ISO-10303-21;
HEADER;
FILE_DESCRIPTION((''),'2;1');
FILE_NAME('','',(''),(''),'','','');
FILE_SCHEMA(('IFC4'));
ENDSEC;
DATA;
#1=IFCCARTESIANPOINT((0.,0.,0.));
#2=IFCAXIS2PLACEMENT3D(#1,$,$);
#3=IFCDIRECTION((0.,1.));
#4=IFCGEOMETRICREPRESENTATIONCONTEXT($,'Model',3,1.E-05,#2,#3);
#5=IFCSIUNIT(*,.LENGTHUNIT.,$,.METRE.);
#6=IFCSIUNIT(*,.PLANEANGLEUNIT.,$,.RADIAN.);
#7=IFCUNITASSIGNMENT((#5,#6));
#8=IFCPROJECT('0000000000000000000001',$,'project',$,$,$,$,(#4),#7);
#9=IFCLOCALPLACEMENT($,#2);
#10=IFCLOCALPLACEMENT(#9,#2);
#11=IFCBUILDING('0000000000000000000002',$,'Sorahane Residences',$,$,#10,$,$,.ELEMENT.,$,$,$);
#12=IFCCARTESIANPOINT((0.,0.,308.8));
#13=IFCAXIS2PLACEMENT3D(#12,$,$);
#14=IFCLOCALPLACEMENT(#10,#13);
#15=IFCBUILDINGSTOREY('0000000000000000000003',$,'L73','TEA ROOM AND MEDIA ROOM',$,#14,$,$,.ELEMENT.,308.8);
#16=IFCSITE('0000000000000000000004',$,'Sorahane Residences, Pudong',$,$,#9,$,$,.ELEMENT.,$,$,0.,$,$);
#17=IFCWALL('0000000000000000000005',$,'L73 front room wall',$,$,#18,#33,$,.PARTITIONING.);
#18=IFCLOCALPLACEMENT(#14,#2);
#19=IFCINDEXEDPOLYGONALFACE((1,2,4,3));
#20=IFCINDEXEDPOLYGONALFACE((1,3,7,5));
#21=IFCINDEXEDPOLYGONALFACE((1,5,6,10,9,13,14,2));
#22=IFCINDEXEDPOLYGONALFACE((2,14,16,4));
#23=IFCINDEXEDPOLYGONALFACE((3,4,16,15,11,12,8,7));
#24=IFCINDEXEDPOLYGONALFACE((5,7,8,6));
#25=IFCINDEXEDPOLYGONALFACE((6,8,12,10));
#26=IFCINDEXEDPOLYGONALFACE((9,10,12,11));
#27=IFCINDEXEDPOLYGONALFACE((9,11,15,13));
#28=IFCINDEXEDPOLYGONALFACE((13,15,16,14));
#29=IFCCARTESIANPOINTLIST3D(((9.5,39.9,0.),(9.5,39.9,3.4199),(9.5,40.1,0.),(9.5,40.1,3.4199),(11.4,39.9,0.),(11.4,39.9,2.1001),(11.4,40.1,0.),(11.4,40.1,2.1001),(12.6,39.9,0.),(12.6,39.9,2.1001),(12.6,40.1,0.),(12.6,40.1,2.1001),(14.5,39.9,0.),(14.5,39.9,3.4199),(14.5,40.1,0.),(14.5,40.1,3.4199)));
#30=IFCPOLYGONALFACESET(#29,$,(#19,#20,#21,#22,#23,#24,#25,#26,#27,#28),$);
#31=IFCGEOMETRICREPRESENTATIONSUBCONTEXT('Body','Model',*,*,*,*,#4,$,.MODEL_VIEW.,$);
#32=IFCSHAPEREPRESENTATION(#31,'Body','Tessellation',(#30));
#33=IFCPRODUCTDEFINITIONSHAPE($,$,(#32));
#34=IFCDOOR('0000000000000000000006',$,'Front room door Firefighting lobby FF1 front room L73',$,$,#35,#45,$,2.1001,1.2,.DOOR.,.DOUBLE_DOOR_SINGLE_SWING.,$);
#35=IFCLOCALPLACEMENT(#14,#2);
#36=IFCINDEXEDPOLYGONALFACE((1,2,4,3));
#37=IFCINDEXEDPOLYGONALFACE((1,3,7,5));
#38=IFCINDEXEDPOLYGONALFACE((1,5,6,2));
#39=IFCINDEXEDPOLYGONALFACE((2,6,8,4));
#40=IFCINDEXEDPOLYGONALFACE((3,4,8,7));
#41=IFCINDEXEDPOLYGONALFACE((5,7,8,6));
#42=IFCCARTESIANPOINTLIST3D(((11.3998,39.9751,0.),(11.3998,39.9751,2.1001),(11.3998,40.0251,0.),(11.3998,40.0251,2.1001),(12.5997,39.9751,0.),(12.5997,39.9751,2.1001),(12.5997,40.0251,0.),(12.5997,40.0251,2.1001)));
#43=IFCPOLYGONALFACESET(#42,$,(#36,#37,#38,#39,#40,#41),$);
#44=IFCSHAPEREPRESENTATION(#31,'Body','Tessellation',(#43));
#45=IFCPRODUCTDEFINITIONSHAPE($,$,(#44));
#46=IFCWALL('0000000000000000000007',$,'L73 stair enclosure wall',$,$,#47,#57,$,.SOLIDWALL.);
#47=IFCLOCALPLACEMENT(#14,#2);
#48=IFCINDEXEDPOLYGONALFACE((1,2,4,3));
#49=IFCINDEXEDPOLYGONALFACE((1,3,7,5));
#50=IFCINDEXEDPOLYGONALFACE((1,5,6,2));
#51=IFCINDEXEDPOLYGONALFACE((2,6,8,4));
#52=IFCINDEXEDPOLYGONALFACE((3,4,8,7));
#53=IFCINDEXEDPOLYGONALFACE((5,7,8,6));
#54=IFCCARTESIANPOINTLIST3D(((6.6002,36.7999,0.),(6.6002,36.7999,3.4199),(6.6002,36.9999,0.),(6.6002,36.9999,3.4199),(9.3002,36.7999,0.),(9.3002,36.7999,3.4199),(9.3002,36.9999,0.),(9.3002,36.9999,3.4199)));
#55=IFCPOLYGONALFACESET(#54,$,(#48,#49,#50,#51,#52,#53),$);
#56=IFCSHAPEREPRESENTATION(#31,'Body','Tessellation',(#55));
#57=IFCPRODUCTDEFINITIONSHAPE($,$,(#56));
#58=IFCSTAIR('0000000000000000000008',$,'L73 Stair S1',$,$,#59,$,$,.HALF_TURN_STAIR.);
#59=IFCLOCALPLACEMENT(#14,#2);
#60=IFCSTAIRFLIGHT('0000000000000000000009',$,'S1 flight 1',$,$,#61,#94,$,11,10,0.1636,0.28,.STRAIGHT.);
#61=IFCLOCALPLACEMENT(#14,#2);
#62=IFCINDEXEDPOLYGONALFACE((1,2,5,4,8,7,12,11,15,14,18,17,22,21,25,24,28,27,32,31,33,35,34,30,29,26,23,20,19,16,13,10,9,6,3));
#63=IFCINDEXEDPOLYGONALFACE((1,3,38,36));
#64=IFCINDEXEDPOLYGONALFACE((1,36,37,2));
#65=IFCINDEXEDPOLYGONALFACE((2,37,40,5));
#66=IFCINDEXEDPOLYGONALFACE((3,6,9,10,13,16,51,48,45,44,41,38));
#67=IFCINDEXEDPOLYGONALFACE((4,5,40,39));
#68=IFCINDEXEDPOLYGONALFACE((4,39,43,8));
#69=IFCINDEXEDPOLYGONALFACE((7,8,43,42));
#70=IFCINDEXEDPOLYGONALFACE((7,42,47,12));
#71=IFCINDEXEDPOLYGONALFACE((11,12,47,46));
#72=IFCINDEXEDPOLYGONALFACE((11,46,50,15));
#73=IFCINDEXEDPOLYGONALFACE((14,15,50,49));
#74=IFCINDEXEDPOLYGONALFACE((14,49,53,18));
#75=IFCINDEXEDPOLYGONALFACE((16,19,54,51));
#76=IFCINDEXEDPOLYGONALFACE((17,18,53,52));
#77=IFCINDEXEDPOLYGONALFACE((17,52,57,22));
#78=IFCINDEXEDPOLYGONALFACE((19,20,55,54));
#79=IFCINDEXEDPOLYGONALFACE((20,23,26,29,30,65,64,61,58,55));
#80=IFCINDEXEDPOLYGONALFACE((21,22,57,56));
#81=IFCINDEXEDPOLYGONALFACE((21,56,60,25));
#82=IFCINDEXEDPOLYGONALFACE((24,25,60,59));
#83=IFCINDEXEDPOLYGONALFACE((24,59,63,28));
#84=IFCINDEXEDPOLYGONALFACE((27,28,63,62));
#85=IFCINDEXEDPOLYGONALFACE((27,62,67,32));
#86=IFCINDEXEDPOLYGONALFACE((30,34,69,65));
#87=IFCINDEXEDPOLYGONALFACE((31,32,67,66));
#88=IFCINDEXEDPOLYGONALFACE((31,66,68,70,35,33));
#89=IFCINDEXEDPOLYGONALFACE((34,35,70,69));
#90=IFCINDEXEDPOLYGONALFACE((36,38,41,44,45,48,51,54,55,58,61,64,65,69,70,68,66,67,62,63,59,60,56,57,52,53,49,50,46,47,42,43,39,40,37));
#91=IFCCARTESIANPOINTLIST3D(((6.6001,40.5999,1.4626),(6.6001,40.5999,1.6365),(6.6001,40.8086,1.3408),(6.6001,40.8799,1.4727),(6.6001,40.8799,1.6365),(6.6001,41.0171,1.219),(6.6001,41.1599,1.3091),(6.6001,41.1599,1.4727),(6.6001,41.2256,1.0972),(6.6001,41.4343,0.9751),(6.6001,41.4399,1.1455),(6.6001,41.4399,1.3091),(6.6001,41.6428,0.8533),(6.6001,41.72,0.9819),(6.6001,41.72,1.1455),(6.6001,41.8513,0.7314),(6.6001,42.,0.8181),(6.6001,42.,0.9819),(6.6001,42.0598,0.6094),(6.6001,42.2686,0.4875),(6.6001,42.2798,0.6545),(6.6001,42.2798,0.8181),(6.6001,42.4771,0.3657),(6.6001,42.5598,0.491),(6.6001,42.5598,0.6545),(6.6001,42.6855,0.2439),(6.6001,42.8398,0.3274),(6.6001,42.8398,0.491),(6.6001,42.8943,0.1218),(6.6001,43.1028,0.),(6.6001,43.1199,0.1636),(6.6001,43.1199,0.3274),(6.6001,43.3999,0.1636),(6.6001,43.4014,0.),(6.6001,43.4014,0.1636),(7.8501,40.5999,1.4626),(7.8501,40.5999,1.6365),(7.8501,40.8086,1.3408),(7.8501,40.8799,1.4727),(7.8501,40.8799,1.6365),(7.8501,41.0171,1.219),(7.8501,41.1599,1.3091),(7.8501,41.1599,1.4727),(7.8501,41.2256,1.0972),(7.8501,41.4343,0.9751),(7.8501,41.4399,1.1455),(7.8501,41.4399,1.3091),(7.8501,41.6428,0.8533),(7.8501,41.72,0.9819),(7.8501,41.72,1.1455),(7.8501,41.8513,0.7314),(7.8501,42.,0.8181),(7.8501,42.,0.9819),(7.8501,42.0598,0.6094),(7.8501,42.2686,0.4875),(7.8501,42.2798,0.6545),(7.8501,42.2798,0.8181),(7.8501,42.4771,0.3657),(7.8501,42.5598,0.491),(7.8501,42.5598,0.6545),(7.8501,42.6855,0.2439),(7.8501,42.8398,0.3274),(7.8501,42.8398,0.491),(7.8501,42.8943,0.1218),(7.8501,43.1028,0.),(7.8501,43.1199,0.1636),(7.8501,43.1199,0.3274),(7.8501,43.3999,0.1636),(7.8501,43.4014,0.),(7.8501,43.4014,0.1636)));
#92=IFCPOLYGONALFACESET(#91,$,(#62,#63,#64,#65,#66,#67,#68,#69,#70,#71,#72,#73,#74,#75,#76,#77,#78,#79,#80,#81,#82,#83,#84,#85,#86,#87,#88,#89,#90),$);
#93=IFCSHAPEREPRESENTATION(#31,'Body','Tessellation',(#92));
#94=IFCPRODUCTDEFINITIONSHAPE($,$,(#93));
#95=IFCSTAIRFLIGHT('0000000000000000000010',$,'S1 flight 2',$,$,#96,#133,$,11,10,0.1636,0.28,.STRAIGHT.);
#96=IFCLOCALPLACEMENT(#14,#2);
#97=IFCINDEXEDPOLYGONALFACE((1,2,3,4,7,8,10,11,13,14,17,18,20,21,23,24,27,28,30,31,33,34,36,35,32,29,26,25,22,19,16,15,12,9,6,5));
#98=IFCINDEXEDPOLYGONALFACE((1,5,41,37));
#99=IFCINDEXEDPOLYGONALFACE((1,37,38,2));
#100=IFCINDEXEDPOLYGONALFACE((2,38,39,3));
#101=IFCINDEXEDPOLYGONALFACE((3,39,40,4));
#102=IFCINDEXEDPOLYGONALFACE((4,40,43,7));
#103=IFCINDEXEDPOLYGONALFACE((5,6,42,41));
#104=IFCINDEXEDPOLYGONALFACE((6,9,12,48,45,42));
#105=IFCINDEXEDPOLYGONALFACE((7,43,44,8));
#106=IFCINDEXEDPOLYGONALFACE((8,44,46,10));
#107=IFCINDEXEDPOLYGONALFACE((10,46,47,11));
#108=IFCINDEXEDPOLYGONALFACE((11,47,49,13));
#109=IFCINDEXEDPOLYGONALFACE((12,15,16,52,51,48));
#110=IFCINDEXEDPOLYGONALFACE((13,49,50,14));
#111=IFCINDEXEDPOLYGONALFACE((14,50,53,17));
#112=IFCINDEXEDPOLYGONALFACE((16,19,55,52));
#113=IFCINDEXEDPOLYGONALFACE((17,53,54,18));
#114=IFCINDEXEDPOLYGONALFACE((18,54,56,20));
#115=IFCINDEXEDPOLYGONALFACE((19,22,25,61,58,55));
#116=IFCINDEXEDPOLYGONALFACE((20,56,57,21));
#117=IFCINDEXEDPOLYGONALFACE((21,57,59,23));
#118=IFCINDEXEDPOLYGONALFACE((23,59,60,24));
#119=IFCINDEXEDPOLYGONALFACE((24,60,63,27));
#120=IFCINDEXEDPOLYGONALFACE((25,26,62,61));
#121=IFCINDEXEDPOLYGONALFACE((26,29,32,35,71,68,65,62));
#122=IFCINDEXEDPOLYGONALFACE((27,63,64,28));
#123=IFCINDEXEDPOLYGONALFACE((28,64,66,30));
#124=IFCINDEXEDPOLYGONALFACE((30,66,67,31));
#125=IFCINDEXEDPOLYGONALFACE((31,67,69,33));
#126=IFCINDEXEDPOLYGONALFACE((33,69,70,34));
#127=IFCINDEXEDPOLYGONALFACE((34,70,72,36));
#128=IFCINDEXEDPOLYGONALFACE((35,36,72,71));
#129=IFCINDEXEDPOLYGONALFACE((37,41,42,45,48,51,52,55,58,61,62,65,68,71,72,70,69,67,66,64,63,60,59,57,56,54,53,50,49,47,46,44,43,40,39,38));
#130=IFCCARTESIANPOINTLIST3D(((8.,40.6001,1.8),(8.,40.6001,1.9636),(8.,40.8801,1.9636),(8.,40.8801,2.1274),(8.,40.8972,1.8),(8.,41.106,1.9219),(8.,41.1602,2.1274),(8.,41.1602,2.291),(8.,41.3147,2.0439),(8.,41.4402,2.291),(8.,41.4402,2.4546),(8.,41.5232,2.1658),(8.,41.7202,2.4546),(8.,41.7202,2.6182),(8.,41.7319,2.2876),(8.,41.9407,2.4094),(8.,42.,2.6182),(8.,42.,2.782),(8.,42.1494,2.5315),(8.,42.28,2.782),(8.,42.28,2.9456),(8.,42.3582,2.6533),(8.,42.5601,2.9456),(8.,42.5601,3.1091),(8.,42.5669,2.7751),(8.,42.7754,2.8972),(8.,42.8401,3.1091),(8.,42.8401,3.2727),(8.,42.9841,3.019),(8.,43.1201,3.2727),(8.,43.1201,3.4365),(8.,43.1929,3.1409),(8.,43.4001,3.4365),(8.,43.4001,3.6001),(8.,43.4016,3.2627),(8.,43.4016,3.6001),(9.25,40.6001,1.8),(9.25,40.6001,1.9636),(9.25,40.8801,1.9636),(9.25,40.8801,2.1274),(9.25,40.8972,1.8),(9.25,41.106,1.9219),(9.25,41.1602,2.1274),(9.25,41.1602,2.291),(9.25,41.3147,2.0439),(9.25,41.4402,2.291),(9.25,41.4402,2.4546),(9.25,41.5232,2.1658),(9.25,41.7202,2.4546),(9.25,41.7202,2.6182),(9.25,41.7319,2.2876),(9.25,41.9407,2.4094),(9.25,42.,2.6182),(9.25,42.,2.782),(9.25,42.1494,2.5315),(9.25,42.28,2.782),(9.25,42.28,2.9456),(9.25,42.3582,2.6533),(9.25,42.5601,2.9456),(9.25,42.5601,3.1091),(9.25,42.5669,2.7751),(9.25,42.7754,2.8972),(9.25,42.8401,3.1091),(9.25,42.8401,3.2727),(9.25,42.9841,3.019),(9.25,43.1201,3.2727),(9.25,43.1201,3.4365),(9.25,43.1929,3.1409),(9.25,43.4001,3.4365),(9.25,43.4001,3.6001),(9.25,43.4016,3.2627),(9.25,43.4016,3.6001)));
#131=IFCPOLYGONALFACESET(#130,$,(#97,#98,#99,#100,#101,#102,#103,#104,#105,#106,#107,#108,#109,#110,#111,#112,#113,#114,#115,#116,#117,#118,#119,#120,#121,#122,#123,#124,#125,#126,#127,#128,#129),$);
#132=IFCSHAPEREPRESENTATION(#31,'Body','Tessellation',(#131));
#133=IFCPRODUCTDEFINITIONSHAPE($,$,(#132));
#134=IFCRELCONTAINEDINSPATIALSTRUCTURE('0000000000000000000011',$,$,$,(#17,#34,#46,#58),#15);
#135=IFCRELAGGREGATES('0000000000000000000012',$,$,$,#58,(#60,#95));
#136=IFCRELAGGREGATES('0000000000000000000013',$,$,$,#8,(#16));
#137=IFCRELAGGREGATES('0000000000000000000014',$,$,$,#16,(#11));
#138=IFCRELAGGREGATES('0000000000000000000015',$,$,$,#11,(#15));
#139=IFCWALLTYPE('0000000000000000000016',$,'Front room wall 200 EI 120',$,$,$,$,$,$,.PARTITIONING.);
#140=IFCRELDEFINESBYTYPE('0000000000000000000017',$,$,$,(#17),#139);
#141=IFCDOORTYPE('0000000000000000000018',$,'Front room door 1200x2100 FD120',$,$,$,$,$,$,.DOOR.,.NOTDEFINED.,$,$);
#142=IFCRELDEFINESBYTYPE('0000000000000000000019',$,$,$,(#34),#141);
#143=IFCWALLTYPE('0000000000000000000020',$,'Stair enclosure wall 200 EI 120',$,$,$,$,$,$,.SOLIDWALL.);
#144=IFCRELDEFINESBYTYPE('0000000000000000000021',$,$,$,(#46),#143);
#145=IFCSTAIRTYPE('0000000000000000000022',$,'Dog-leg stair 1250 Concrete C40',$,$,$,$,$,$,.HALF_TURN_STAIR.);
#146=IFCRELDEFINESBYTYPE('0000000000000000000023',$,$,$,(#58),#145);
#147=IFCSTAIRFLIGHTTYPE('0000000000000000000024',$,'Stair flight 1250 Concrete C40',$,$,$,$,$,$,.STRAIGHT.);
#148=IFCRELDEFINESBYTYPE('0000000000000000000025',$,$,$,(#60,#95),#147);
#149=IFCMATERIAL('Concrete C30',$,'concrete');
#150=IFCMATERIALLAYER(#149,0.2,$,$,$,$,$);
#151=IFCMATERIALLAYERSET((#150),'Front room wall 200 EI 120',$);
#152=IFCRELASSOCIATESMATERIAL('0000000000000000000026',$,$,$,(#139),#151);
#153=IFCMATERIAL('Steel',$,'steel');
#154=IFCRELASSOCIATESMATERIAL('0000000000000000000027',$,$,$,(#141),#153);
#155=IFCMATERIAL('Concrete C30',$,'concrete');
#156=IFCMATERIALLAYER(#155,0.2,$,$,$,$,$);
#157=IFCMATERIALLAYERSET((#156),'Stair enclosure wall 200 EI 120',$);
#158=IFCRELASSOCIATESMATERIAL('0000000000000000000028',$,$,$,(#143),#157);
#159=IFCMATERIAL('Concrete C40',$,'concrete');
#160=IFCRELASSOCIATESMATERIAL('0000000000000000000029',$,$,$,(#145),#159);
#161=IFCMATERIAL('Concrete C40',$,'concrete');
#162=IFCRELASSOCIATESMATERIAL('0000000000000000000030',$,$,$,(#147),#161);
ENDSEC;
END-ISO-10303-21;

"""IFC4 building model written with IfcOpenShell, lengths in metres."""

from ifc_helpers import new_model, si_unit, direction, frame, frame_2d, origin, place, context, subcontext, project, spatial, polyline, rectangle, outline, extrude, material, layer, layer_set, type_object, element, fill, aggregate, save


model = new_model("IFC4")

# Units and contexts
model_context = context("Model", 3, precision=1e-05, world=origin(), true_north=direction((0.0, 1.0)))
body_context = subcontext(model_context, "Body", "Model", "MODEL_VIEW")
ifc_project = project(units=[si_unit("LENGTHUNIT", "METRE"), si_unit("PLANEANGLEUNIT", "RADIAN")], contexts=[model_context])

# Site, building, storey
site_placement = place(None, origin())
site = spatial("IfcSite", under=ifc_project, at=site_placement, Name="Sorahane Residences, Pudong", CompositionType="ELEMENT", RefElevation=0.0)
building_placement = place(site_placement, origin())
building = spatial("IfcBuilding", under=site, at=building_placement, Name="Sorahane Residences", CompositionType="ELEMENT")
storey_placement = place(building_placement, frame((0.0, 0.0, 308.8)))
storey = spatial("IfcBuildingStorey", under=building, at=storey_placement, Name="L73", Description="TEA ROOM AND MEDIA ROOM", CompositionType="ELEMENT", Elevation=308.8)

# Wall, opening, door
ifc_material_1 = material(Name="Concrete C30", Category="concrete")
ifc_layer_1 = layer(ifc_material_1, 0.2)
ifc_layer_set_1 = layer_set([ifc_layer_1], Name="Front room wall 200 EI 120")
wall_type_1 = type_object("IfcWallType", Name="Front room wall 200 EI 120", PredefinedType="PARTITIONING", material=ifc_layer_set_1)
wall_1_placement = place(storey_placement, frame((9.5, 40.0, 0.0), z_axis=(0.0, 0.0, 1.0), x_axis=(1.0, 0.0, 0.0)))
wall_1 = element("IfcWall", 1, at=wall_1_placement, inside=storey, type_object=wall_type_1, Name="L73 front room wall", PredefinedType="PARTITIONING", context=body_context, shape_type="SweptSolid", body=[
    extrude(rectangle(XDim=5.0, YDim=0.2, at=frame_2d((2.5, 0.0))), origin(), (0.0, 0.0, 1.0), 3.4199),
])
opening_placement = place(wall_1_placement, frame((1.8999, 0.0, 0.0)))
opening = element("IfcOpeningElement", 2, at=opening_placement, cuts=wall_1, PredefinedType="OPENING", context=body_context, shape_type="SweptSolid", body=[
    extrude(rectangle(XDim=1.2, YDim=2.1001, at=frame_2d((0.6001, 1.05))), frame((0.0, 0.1099, 0.0), z_axis=(0.0, -1.0, 0.0), x_axis=(1.0, 0.0, 0.0)), (0.0, 0.0, 1.0), 0.22),
])
ifc_material_2 = material(Name="Steel", Category="steel")
door_type = type_object("IfcDoorType", Name="Front room door 1200x2100 FD120", OperationType="NOTDEFINED", PredefinedType="DOOR", material=ifc_material_2)
door_placement = place(opening_placement, frame((1.2, 0.0, 0.0), z_axis=(0.0, 0.0, 1.0), x_axis=(-1.0, 0.0, 0.0)))
door = element("IfcDoor", 3, at=door_placement, inside=storey, type_object=door_type, Name="Front room door Firefighting lobby FF1 front room L73", OperationType="DOUBLE_DOOR_SINGLE_SWING", OverallHeight=2.1001, OverallWidth=1.2, PredefinedType="DOOR", context=body_context, shape_type="SweptSolid", body=[
    extrude(rectangle(XDim=1.2, YDim=2.1001, at=frame_2d((0.6001, 1.05))), frame((0.0, 0.0249, 0.0), z_axis=(0.0, -1.0, 0.0), x_axis=(1.0, 0.0, 0.0)), (0.0, 0.0, 1.0), 0.05),
])
fill(opening, door)

# Wall
ifc_material_3 = material(Name="Concrete C30", Category="concrete")
ifc_layer_2 = layer(ifc_material_3, 0.2)
ifc_layer_set_2 = layer_set([ifc_layer_2], Name="Stair enclosure wall 200 EI 120")
wall_type_2 = type_object("IfcWallType", Name="Stair enclosure wall 200 EI 120", PredefinedType="SOLIDWALL", material=ifc_layer_set_2)
wall_2_placement = place(storey_placement, frame((6.6001, 36.8999, 0.0), z_axis=(0.0, 0.0, 1.0), x_axis=(1.0, 0.0, 0.0)))
element("IfcWall", 4, at=wall_2_placement, inside=storey, type_object=wall_type_2, Name="L73 stair enclosure wall", PredefinedType="SOLIDWALL", context=body_context, shape_type="SweptSolid", body=[
    extrude(rectangle(XDim=2.7, YDim=0.2, at=frame_2d((1.3501, 0.0))), origin(), (0.0, 0.0, 1.0), 3.4199),
])

# Stair, stair flights
ifc_material_4 = material(Name="Concrete C40", Category="concrete")
stair_type = type_object("IfcStairType", Name="Dog-leg stair 1250 Concrete C40", PredefinedType="HALF_TURN_STAIR", material=ifc_material_4)
stair_placement = place(storey_placement, origin())
stair = element("IfcStair", 5, at=stair_placement, inside=storey, type_object=stair_type, Name="L73 Stair S1", PredefinedType="HALF_TURN_STAIR")
ifc_material_5 = material(Name="Concrete C40", Category="concrete")
stair_flight_type = type_object("IfcStairFlightType", Name="Stair flight 1250 Concrete C40", PredefinedType="STRAIGHT", material=ifc_material_5)
stair_flight_1_placement = place(storey_placement, frame((7.2251, 43.3999, 0.0), z_axis=(0.0, 0.0, 1.0), x_axis=(0.0, -1.0, 0.0)))
stair_flight_1 = element("IfcStairFlight", 6, at=stair_flight_1_placement, type_object=stair_flight_type, Name="S1 flight 1", NumberOfRisers=11, NumberOfTreads=10, PredefinedType="STRAIGHT", RiserHeight=0.1636, TreadLength=0.28, context=body_context, shape_type="SweptSolid", body=[
    extrude(outline(polyline([(-0.0015, 0.0), (-0.0015, 0.1636), (0.0, 0.1636), (0.28, 0.1636), (0.28, 0.3274), (0.5601, 0.3274), (0.5601, 0.491), (0.8401, 0.491), (0.8401, 0.6545), (1.1201, 0.6545), (1.1201, 0.8181), (1.3999, 0.8181), (1.3999, 0.9819), (1.6799, 0.9819), (1.6799, 1.1455), (1.96, 1.1455), (1.96, 1.3091), (2.24, 1.3091), (2.24, 1.4727), (2.52, 1.4727), (2.52, 1.6365), (2.8, 1.6365), (2.8, 1.8), (2.8, 1.4626), (2.5913, 1.3408), (2.3828, 1.219), (2.1743, 1.0972), (1.9656, 0.9751), (1.7571, 0.8533), (1.5486, 0.7314), (1.3401, 0.6094), (1.1313, 0.4875), (0.9229, 0.3657), (0.7144, 0.2439), (0.5056, 0.1218), (0.2971, 0.0), (-0.0015, 0.0)])), frame((0.0, 0.625, 0.0), z_axis=(0.0, -1.0, 0.0), x_axis=(1.0, 0.0, 0.0)), (0.0, 0.0, 1.0), 1.25),
])
stair_flight_2_placement = place(storey_placement, frame((8.625, 40.6001, 1.8), z_axis=(0.0, 0.0, 1.0), x_axis=(0.0, 1.0, 0.0)))
stair_flight_2 = element("IfcStairFlight", 7, at=stair_flight_2_placement, type_object=stair_flight_type, Name="S1 flight 2", NumberOfRisers=11, NumberOfTreads=10, PredefinedType="STRAIGHT", RiserHeight=0.1636, TreadLength=0.28, context=body_context, shape_type="SweptSolid", body=[
    extrude(outline(polyline([(0.0, 0.0), (0.0, 0.1636), (0.28, 0.1636), (0.28, 0.3274), (0.5601, 0.3274), (0.5601, 0.491), (0.8401, 0.491), (0.8401, 0.6545), (1.1201, 0.6545), (1.1201, 0.8181), (1.3999, 0.8181), (1.3999, 0.9819), (1.6799, 0.9819), (1.6799, 1.1455), (1.96, 1.1455), (1.96, 1.3091), (2.24, 1.3091), (2.24, 1.4727), (2.52, 1.4727), (2.52, 1.6365), (2.8, 1.6365), (2.8, 1.8), (2.8015, 1.8), (2.8015, 1.4626), (2.5928, 1.3408), (2.384, 1.219), (2.1753, 1.0972), (1.9668, 0.9751), (1.7581, 0.8533), (1.5493, 0.7314), (1.3406, 0.6094), (1.1318, 0.4875), (0.9231, 0.3657), (0.7146, 0.2439), (0.5059, 0.1218), (0.2971, 0.0), (0.0, 0.0)])), frame((0.0, 0.625, 0.0), z_axis=(0.0, -1.0, 0.0), x_axis=(1.0, 0.0, 0.0)), (0.0, 0.0, 1.0), 1.25),
])
aggregate(stair, [stair_flight_1, stair_flight_2])

save(model, "model.ifc")
